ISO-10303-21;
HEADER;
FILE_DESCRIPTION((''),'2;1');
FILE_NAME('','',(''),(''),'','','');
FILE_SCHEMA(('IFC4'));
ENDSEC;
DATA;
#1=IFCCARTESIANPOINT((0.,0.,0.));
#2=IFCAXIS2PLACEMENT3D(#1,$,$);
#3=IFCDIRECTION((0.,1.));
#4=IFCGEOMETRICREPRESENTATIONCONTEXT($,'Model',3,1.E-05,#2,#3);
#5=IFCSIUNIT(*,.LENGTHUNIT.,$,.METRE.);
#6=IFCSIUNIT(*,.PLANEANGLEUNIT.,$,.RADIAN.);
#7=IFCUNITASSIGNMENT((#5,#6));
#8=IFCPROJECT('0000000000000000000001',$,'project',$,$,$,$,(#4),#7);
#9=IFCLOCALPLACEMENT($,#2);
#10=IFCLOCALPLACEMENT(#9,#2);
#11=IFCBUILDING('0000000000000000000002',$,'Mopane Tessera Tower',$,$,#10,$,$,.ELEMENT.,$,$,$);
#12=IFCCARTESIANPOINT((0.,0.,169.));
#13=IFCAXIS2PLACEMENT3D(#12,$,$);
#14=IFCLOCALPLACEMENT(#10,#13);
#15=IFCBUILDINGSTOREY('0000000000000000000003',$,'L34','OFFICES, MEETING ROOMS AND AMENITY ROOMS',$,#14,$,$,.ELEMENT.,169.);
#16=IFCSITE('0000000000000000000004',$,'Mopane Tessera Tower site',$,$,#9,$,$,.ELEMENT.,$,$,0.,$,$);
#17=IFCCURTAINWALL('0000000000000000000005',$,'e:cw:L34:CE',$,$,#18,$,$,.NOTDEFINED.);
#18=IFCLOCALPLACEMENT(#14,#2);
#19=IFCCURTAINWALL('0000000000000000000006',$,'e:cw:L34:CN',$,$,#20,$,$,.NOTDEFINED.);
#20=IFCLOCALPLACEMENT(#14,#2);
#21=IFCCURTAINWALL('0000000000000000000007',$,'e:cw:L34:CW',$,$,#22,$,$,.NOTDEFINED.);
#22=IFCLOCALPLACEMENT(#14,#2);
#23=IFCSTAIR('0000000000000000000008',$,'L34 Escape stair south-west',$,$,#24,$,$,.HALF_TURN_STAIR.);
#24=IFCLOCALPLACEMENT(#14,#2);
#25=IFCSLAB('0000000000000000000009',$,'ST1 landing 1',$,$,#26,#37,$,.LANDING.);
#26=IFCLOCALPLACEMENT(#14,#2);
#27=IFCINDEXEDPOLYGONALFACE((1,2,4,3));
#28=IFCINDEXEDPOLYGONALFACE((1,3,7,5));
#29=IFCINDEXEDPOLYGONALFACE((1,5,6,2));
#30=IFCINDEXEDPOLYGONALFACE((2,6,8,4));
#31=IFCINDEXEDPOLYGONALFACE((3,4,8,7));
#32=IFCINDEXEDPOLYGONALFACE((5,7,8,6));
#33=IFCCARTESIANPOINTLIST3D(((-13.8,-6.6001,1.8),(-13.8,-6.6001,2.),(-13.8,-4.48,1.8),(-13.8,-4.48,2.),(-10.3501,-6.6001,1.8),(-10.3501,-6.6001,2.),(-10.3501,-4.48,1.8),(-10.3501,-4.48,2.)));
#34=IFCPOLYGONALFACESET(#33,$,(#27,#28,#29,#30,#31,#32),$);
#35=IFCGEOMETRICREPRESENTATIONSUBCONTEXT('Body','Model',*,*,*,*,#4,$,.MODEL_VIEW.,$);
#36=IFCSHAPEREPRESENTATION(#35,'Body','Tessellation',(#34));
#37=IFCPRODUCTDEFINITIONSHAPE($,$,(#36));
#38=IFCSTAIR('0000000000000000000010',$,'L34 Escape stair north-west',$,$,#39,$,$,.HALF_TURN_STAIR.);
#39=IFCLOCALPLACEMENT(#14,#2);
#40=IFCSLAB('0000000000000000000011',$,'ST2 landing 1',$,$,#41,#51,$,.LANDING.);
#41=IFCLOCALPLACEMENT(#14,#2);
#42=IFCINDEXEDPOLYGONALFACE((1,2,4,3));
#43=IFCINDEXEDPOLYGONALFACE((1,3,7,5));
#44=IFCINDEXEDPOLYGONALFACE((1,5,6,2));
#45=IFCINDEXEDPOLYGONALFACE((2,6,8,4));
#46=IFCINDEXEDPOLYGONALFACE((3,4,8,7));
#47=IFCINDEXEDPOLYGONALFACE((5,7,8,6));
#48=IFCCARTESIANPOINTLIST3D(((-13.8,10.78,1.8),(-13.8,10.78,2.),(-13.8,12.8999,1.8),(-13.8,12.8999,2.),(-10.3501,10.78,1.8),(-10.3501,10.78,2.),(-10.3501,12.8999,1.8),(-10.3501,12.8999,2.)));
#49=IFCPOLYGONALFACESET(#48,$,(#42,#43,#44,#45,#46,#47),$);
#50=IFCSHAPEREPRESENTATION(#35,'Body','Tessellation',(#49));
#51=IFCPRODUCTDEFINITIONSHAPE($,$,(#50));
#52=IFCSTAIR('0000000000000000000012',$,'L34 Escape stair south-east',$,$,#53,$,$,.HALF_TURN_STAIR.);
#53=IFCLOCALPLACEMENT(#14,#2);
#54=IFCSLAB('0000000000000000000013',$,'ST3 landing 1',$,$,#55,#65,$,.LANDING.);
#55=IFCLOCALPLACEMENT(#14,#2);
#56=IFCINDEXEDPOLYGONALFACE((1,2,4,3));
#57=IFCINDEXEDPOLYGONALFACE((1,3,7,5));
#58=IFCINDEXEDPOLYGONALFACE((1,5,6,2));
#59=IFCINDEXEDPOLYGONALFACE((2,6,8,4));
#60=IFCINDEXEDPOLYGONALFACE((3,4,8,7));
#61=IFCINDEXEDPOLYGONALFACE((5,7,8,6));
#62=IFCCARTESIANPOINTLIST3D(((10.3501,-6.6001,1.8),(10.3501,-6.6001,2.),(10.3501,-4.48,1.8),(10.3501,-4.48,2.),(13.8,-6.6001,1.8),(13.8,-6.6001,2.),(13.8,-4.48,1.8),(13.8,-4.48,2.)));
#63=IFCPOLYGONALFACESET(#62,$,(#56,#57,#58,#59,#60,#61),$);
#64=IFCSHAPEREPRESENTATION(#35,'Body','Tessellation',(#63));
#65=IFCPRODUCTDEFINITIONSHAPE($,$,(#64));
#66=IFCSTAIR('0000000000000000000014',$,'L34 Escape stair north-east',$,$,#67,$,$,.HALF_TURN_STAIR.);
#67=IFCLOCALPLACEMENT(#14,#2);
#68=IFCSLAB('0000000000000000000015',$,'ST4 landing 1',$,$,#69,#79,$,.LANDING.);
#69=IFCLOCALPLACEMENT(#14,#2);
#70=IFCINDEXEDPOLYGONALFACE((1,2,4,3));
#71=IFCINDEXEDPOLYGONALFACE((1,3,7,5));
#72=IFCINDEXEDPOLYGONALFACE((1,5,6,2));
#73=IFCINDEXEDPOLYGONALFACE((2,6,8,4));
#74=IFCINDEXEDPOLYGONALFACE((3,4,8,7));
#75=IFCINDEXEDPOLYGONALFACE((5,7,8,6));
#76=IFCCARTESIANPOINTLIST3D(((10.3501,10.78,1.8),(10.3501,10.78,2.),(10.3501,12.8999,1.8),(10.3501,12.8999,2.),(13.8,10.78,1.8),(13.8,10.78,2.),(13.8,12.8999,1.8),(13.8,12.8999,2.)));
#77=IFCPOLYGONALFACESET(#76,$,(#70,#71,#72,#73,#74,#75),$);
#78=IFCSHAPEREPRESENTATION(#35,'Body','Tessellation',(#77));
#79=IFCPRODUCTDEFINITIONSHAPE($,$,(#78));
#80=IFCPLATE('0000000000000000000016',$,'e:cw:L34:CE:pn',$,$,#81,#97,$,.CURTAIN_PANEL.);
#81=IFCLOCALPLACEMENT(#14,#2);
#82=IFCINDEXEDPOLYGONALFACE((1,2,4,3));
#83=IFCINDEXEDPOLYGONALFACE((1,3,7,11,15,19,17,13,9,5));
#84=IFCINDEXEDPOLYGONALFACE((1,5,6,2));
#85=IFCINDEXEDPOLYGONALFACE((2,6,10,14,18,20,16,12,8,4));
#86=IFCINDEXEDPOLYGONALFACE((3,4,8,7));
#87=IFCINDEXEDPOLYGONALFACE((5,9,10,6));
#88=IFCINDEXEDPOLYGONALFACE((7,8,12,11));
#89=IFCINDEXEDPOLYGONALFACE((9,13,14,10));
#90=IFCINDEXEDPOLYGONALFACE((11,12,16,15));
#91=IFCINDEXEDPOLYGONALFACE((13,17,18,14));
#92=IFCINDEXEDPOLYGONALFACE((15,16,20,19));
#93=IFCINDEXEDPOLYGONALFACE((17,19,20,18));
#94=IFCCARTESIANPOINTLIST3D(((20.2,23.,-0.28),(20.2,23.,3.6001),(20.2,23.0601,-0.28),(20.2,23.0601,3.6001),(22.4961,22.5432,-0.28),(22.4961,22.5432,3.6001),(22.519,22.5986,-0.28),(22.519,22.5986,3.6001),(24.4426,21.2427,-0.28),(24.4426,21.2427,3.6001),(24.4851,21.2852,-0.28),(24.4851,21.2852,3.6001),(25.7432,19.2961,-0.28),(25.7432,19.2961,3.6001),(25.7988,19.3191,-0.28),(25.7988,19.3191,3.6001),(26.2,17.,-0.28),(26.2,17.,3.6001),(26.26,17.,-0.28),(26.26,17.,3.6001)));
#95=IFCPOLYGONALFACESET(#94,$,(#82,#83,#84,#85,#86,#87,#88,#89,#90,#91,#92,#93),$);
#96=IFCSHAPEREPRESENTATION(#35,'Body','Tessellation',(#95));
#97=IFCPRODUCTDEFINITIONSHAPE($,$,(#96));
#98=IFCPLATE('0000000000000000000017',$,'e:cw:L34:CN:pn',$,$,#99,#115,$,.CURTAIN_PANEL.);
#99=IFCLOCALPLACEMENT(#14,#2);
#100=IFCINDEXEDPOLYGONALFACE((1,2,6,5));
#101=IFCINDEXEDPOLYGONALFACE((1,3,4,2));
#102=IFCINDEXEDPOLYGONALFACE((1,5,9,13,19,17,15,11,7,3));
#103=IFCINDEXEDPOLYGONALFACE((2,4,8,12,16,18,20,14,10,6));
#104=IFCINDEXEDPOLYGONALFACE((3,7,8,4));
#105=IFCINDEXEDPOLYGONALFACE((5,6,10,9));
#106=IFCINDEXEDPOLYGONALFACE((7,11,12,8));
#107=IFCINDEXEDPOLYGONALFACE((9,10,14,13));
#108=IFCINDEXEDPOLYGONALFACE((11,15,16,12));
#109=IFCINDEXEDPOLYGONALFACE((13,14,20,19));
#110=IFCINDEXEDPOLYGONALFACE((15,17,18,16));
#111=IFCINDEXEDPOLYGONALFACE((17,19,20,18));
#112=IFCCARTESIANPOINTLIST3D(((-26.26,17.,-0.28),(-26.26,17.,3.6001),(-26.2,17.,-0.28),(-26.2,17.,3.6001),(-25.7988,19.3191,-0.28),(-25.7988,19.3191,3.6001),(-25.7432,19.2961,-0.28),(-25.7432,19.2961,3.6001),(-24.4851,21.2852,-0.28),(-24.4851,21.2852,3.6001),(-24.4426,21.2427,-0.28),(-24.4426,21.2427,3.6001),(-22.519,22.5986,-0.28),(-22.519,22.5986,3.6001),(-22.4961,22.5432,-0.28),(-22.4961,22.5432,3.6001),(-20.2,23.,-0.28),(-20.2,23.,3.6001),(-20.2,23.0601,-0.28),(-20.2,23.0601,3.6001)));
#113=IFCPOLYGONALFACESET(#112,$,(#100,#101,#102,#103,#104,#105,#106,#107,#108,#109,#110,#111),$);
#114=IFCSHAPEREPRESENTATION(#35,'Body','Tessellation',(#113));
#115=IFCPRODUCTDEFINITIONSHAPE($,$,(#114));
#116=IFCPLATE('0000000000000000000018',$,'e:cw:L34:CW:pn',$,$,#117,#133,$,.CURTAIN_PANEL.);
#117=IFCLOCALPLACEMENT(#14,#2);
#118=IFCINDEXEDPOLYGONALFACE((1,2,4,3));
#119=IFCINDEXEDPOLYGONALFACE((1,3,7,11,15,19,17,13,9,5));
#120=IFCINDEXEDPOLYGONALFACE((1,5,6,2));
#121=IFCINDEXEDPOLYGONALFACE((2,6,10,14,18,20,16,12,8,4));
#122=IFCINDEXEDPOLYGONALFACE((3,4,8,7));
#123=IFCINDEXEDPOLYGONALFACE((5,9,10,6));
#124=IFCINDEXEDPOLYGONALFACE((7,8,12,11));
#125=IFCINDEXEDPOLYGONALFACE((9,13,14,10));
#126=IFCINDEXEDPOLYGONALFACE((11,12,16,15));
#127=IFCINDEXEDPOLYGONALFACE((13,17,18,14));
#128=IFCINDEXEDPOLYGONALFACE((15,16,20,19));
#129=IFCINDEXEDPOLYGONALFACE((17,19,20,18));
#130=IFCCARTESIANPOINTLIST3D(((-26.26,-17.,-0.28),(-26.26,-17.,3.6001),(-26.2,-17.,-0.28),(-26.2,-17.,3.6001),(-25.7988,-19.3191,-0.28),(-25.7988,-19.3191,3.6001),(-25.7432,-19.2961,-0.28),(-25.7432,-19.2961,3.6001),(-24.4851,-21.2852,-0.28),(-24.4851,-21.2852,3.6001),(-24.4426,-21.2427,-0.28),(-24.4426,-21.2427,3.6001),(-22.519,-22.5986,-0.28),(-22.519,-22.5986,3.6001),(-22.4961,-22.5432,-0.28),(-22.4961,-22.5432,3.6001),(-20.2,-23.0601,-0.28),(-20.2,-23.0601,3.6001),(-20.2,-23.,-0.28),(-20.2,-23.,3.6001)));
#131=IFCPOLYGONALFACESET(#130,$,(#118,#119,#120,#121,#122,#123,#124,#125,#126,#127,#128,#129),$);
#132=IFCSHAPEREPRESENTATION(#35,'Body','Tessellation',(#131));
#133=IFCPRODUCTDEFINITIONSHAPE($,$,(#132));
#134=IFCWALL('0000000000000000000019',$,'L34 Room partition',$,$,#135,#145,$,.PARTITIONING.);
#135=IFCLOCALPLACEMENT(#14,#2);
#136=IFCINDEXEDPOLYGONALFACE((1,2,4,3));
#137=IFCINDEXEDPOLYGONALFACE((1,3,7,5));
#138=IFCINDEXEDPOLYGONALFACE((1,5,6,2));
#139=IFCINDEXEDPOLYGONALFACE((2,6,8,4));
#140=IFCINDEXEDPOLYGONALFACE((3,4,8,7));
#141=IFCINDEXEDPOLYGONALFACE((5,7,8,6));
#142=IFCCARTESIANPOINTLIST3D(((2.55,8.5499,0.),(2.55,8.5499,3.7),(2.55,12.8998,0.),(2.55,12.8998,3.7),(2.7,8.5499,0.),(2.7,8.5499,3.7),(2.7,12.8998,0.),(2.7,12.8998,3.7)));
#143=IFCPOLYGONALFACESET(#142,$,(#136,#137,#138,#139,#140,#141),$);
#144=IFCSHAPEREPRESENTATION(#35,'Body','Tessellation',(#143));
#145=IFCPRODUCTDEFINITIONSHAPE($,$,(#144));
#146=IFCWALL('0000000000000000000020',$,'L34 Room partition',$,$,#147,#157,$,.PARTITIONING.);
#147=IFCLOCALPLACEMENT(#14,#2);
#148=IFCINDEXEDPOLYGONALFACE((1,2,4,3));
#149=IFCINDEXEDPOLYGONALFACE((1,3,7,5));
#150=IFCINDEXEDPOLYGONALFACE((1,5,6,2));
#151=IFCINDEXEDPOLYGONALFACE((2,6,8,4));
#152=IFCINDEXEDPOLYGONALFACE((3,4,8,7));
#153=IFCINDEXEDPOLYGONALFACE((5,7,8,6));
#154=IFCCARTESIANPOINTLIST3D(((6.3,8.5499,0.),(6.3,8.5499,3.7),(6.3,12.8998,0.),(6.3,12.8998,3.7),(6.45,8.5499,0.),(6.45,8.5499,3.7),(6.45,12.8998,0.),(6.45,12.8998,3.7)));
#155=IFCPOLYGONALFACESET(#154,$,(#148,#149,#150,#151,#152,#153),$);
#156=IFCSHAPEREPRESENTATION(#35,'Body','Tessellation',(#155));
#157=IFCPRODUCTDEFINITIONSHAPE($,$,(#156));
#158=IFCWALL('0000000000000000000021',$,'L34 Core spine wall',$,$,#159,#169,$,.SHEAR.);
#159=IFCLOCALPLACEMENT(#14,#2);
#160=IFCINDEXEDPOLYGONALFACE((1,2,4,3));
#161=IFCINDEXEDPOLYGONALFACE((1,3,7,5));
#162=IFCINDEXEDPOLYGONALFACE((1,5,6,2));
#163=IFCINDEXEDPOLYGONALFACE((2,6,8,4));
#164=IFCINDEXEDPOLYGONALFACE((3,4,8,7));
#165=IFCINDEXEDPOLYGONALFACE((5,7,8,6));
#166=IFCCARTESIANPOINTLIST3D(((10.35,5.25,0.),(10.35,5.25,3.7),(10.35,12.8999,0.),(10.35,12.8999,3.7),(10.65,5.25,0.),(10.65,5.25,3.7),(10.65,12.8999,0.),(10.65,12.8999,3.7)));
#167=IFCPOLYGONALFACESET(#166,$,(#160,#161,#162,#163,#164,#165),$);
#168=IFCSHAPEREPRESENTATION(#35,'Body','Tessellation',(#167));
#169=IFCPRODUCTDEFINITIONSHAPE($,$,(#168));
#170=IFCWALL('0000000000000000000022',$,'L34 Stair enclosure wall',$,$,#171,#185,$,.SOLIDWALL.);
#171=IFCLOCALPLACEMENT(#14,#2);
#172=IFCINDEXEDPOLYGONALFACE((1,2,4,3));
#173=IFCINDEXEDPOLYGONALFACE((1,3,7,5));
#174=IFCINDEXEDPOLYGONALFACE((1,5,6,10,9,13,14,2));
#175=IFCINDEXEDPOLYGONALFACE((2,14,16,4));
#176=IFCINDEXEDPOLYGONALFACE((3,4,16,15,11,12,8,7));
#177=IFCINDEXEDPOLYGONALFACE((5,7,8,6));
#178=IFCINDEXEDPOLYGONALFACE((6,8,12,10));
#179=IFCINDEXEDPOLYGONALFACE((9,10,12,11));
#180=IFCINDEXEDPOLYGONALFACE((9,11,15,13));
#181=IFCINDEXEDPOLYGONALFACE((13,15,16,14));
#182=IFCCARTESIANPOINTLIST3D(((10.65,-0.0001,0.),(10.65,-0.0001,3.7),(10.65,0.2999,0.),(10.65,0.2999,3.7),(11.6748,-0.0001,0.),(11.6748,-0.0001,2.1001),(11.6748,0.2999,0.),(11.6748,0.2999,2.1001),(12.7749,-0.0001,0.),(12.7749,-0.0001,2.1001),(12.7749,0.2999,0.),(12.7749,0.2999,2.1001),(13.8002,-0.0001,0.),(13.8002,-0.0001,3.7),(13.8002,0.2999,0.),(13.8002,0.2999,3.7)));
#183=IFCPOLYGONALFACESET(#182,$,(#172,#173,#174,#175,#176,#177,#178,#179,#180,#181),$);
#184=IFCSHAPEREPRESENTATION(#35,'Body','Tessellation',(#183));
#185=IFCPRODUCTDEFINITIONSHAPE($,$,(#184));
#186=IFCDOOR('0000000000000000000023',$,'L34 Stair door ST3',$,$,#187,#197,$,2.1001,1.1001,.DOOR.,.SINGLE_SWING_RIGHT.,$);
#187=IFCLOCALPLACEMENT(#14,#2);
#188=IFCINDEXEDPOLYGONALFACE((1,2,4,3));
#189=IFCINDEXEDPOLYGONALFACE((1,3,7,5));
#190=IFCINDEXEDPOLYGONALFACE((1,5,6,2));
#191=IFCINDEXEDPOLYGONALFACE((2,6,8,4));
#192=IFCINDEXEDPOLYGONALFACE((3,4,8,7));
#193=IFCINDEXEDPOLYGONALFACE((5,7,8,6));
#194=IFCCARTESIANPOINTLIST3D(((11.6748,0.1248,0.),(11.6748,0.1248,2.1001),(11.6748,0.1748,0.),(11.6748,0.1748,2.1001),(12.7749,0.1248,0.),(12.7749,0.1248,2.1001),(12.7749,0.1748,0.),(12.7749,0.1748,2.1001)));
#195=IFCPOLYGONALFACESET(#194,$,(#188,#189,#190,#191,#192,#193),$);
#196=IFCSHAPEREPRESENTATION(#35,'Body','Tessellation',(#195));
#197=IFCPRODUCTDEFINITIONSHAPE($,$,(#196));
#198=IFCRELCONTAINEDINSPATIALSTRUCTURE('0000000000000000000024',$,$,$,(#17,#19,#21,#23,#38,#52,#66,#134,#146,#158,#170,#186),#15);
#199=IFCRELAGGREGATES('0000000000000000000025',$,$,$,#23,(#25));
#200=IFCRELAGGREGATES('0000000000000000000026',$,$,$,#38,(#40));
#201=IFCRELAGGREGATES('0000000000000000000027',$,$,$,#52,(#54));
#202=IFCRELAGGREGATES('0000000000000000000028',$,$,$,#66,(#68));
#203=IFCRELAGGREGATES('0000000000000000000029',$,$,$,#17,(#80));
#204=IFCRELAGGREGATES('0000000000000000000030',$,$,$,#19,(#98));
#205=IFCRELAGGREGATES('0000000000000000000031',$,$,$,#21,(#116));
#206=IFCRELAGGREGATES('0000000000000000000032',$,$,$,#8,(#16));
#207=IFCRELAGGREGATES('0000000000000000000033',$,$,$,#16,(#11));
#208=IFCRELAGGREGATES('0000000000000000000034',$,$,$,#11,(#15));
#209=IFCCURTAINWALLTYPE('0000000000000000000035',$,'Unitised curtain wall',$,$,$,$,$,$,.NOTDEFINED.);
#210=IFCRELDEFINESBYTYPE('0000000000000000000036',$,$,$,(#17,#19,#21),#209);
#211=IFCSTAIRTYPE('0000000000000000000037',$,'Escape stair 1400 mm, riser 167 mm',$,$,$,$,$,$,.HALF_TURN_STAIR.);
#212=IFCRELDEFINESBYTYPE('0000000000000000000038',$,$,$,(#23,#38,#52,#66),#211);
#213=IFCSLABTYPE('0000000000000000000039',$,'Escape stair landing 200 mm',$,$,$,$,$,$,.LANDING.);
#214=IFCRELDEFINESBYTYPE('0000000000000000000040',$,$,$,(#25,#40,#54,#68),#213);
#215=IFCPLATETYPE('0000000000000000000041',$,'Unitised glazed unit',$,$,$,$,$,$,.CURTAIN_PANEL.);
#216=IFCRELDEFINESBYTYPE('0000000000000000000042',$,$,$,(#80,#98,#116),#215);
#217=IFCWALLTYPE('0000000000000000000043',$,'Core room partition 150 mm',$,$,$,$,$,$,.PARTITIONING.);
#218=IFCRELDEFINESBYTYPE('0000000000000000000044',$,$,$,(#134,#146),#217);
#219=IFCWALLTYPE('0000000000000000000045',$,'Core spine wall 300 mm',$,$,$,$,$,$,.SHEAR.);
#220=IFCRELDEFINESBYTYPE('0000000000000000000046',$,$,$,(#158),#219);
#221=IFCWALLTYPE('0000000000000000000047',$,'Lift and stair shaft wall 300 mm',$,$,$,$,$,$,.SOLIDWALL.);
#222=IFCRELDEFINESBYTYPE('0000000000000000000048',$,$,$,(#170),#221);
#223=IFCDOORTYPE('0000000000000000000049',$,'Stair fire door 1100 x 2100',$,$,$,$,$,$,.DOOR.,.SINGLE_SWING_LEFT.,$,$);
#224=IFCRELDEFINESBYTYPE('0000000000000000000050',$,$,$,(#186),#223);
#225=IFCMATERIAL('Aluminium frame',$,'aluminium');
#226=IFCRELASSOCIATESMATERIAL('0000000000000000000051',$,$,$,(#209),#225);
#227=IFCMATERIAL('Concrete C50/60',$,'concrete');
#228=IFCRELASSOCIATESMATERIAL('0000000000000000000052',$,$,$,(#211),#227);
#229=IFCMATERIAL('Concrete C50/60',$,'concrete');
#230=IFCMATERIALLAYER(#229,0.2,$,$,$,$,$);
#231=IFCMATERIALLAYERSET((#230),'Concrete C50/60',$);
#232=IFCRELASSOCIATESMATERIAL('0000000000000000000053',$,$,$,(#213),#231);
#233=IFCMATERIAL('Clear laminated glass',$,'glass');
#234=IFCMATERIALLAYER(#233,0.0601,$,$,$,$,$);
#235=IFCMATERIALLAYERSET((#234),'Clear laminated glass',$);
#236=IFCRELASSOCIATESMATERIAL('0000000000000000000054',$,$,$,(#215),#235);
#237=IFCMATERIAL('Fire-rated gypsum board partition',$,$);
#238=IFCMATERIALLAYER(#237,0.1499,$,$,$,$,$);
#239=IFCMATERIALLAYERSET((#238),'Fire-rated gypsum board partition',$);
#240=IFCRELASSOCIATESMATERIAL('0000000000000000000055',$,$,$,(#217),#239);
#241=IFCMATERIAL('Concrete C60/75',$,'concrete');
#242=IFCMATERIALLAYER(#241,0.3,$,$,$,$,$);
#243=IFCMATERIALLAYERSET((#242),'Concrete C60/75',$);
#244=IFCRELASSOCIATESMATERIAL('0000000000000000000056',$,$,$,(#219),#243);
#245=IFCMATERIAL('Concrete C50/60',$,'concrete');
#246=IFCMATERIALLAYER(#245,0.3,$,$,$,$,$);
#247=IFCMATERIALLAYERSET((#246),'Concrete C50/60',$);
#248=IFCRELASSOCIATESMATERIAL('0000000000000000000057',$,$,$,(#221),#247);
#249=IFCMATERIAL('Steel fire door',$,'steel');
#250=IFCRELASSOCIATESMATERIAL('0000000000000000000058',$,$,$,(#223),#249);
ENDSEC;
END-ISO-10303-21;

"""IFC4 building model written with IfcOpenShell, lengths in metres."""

from ifc_helpers import new_model, si_unit, direction, frame, frame_2d, origin, place, context, subcontext, project, spatial, polyline, rectangle, outline, extrude, material, layer, layer_set, type_object, element, fill, aggregate, save


model = new_model("IFC4")

# Units and contexts
model_context = context("Model", 3, precision=1e-05, world=origin(), true_north=direction((0.0, 1.0)))
body_context = subcontext(model_context, "Body", "Model", "MODEL_VIEW")
ifc_project = project(units=[si_unit("LENGTHUNIT", "METRE"), si_unit("PLANEANGLEUNIT", "RADIAN")], contexts=[model_context])

# Site, building, storey
site_placement = place(None, origin())
site = spatial("IfcSite", under=ifc_project, at=site_placement, Name="Mopane Tessera Tower site", CompositionType="ELEMENT", RefElevation=0.0)
building_placement = place(site_placement, origin())
building = spatial("IfcBuilding", under=site, at=building_placement, Name="Mopane Tessera Tower", CompositionType="ELEMENT")
storey_placement = place(building_placement, frame((0.0, 0.0, 169.0)))
storey = spatial("IfcBuildingStorey", under=building, at=storey_placement, Name="L34", Description="OFFICES, MEETING ROOMS AND AMENITY ROOMS", CompositionType="ELEMENT", Elevation=169.0)

# Curtain walls
ifc_material_1 = material(Name="Aluminium frame", Category="aluminium")
curtain_wall_type = type_object("IfcCurtainWallType", Name="Unitised curtain wall", PredefinedType="NOTDEFINED", material=ifc_material_1)
curtain_wall_1_placement = place(storey_placement, origin())
curtain_wall_1 = element("IfcCurtainWall", 1, at=curtain_wall_1_placement, inside=storey, type_object=curtain_wall_type, Name="e:cw:L34:CE", PredefinedType="NOTDEFINED")
curtain_wall_2_placement = place(storey_placement, origin())
curtain_wall_2 = element("IfcCurtainWall", 2, at=curtain_wall_2_placement, inside=storey, type_object=curtain_wall_type, Name="e:cw:L34:CN", PredefinedType="NOTDEFINED")
curtain_wall_3_placement = place(storey_placement, origin())
curtain_wall_3 = element("IfcCurtainWall", 3, at=curtain_wall_3_placement, inside=storey, type_object=curtain_wall_type, Name="e:cw:L34:CW", PredefinedType="NOTDEFINED")

# Stairs, slabs
ifc_material_2 = material(Name="Concrete C50/60", Category="concrete")
stair_type = type_object("IfcStairType", Name="Escape stair 1400 mm, riser 167 mm", PredefinedType="HALF_TURN_STAIR", material=ifc_material_2)
stair_1_placement = place(storey_placement, origin())
stair_1 = element("IfcStair", 4, at=stair_1_placement, inside=storey, type_object=stair_type, Name="L34 Escape stair south-west", PredefinedType="HALF_TURN_STAIR")
ifc_material_3 = material(Name="Concrete C50/60", Category="concrete")
ifc_layer_1 = layer(ifc_material_3, 0.2)
ifc_layer_set_1 = layer_set([ifc_layer_1], Name="Concrete C50/60")
slab_type_1 = type_object("IfcSlabType", Name="Escape stair landing 200 mm", PredefinedType="LANDING", material=ifc_layer_set_1)
slab_1_placement = place(storey_placement, frame((0.0, 0.0, 1.8)))
slab_1 = element("IfcSlab", 5, at=slab_1_placement, type_object=slab_type_1, Name="ST1 landing 1", PredefinedType="LANDING", context=body_context, shape_type="SweptSolid", body=[
    extrude(outline(polyline([(-13.8, -4.48), (-13.8, -6.6001), (-10.3501, -6.6001), (-10.3501, -4.48), (-13.8, -4.48)])), origin(), (0.0, 0.0, 1.0), 0.2),
])
aggregate(stair_1, [slab_1])
stair_2_placement = place(storey_placement, origin())
stair_2 = element("IfcStair", 6, at=stair_2_placement, inside=storey, type_object=stair_type, Name="L34 Escape stair north-west", PredefinedType="HALF_TURN_STAIR")
slab_2_placement = place(storey_placement, frame((0.0, 0.0, 1.8)))
slab_2 = element("IfcSlab", 7, at=slab_2_placement, type_object=slab_type_1, Name="ST2 landing 1", PredefinedType="LANDING", context=body_context, shape_type="SweptSolid", body=[
    extrude(outline(polyline([(-10.3501, 10.78), (-10.3501, 12.8999), (-13.8, 12.8999), (-13.8, 10.78), (-10.3501, 10.78)])), origin(), (0.0, 0.0, 1.0), 0.2),
])
aggregate(stair_2, [slab_2])
stair_3_placement = place(storey_placement, origin())
stair_3 = element("IfcStair", 8, at=stair_3_placement, inside=storey, type_object=stair_type, Name="L34 Escape stair south-east", PredefinedType="HALF_TURN_STAIR")
slab_3_placement = place(storey_placement, frame((0.0, 0.0, 1.8)))
slab_3 = element("IfcSlab", 9, at=slab_3_placement, type_object=slab_type_1, Name="ST3 landing 1", PredefinedType="LANDING", context=body_context, shape_type="SweptSolid", body=[
    extrude(outline(polyline([(10.3501, -4.48), (10.3501, -6.6001), (13.8, -6.6001), (13.8, -4.48), (10.3501, -4.48)])), origin(), (0.0, 0.0, 1.0), 0.2),
])
aggregate(stair_3, [slab_3])
stair_4_placement = place(storey_placement, origin())
stair_4 = element("IfcStair", 10, at=stair_4_placement, inside=storey, type_object=stair_type, Name="L34 Escape stair north-east", PredefinedType="HALF_TURN_STAIR")
slab_4_placement = place(storey_placement, frame((0.0, 0.0, 1.8)))
slab_4 = element("IfcSlab", 11, at=slab_4_placement, type_object=slab_type_1, Name="ST4 landing 1", PredefinedType="LANDING", context=body_context, shape_type="SweptSolid", body=[
    extrude(outline(polyline([(13.8, 10.78), (13.8, 12.8999), (10.3501, 12.8999), (10.3501, 10.78), (13.8, 10.78)])), origin(), (0.0, 0.0, 1.0), 0.2),
])
aggregate(stair_4, [slab_4])

# Plates
ifc_material_4 = material(Name="Clear laminated glass", Category="glass")
ifc_layer_2 = layer(ifc_material_4, 0.0601)
ifc_layer_set_2 = layer_set([ifc_layer_2], Name="Clear laminated glass")
plate_type = type_object("IfcPlateType", Name="Unitised glazed unit", PredefinedType="CURTAIN_PANEL", material=ifc_layer_set_2)
plate_1_placement = place(storey_placement, frame((0.0, 0.0, -0.28)))
plate_1 = element("IfcPlate", 12, at=plate_1_placement, type_object=plate_type, Name="e:cw:L34:CE:pn", PredefinedType="CURTAIN_PANEL", context=body_context, shape_type="SweptSolid", body=[
    extrude(outline(polyline([(26.2, 17.0), (25.7432, 19.2961), (24.4426, 21.2427), (22.4961, 22.5432), (20.2, 23.0), (20.2, 23.0601), (22.519, 22.5986), (24.4851, 21.2852), (25.7988, 19.3191), (26.26, 17.0), (26.2, 17.0)])), origin(), (0.0, 0.0, 1.0), 3.8801),
])
aggregate(curtain_wall_1, [plate_1])
plate_2_placement = place(storey_placement, frame((0.0, 0.0, -0.28)))
plate_2 = element("IfcPlate", 13, at=plate_2_placement, type_object=plate_type, Name="e:cw:L34:CN:pn", PredefinedType="CURTAIN_PANEL", context=body_context, shape_type="SweptSolid", body=[
    extrude(outline(polyline([(-20.2, 23.0), (-22.4961, 22.5432), (-24.4426, 21.2427), (-25.7432, 19.2961), (-26.2, 17.0), (-26.26, 17.0), (-25.7988, 19.3191), (-24.4851, 21.2852), (-22.519, 22.5986), (-20.2, 23.0601), (-20.2, 23.0)])), origin(), (0.0, 0.0, 1.0), 3.8801),
])
aggregate(curtain_wall_2, [plate_2])
plate_3_placement = place(storey_placement, frame((0.0, 0.0, -0.28)))
plate_3 = element("IfcPlate", 14, at=plate_3_placement, type_object=plate_type, Name="e:cw:L34:CW:pn", PredefinedType="CURTAIN_PANEL", context=body_context, shape_type="SweptSolid", body=[
    extrude(outline(polyline([(-26.2, -17.0), (-25.7432, -19.2961), (-24.4426, -21.2427), (-22.4961, -22.5432), (-20.2, -23.0), (-20.2, -23.0601), (-22.519, -22.5986), (-24.4851, -21.2852), (-25.7988, -19.3191), (-26.26, -17.0), (-26.2, -17.0)])), origin(), (0.0, 0.0, 1.0), 3.8801),
])
aggregate(curtain_wall_3, [plate_3])

# Walls
ifc_material_5 = material(Name="Fire-rated gypsum board partition")
ifc_layer_3 = layer(ifc_material_5, 0.1499)
ifc_layer_set_3 = layer_set([ifc_layer_3], Name="Fire-rated gypsum board partition")
wall_type_1 = type_object("IfcWallType", Name="Core room partition 150 mm", PredefinedType="PARTITIONING", material=ifc_layer_set_3)
for number, where, z_axis, x_axis, name in (
    (15, (2.625, 8.55, 0.0), (0.0, 0.0, 1.0), (0.0, 1.0, 0.0), "L34 Room partition"),
    (16, (6.375, 8.55, 0.0), (0.0, 0.0, 1.0), (0.0, 1.0, 0.0), "L34 Room partition"),
):
    element("IfcWall", number, at=place(storey_placement, frame(where, z_axis=z_axis, x_axis=x_axis)), inside=storey, type_object=wall_type_1, Name=name, PredefinedType="PARTITIONING", context=body_context, shape_type="SweptSolid", body=[
        extrude(rectangle(XDim=4.3499, YDim=0.1499, at=frame_2d((2.1748, 0.0))), origin(), (0.0, 0.0, 1.0), 3.7),
    ])
ifc_material_6 = material(Name="Concrete C60/75", Category="concrete")
ifc_layer_4 = layer(ifc_material_6, 0.3)
ifc_layer_set_4 = layer_set([ifc_layer_4], Name="Concrete C60/75")
wall_type_2 = type_object("IfcWallType", Name="Core spine wall 300 mm", PredefinedType="SHEAR", material=ifc_layer_set_4)
wall_1_placement = place(storey_placement, frame((10.5, 5.25, 0.0), z_axis=(0.0, 0.0, 1.0), x_axis=(0.0, 1.0, 0.0)))
element("IfcWall", 17, at=wall_1_placement, inside=storey, type_object=wall_type_2, Name="L34 Core spine wall", PredefinedType="SHEAR", context=body_context, shape_type="SweptSolid", body=[
    extrude(rectangle(XDim=7.6499, YDim=0.3, at=frame_2d((3.825, 0.0))), origin(), (0.0, 0.0, 1.0), 3.7),
])

# Wall, opening, door
ifc_material_7 = material(Name="Concrete C50/60", Category="concrete")
ifc_layer_5 = layer(ifc_material_7, 0.3)
ifc_layer_set_5 = layer_set([ifc_layer_5], Name="Concrete C50/60")
wall_type_3 = type_object("IfcWallType", Name="Lift and stair shaft wall 300 mm", PredefinedType="SOLIDWALL", material=ifc_layer_set_5)
wall_2_placement = place(storey_placement, frame((10.6499, 0.1499, 0.0), z_axis=(0.0, 0.0, 1.0), x_axis=(1.0, 0.0, 0.0)))
wall_2 = element("IfcWall", 18, at=wall_2_placement, inside=storey, type_object=wall_type_3, Name="L34 Stair enclosure wall", PredefinedType="SOLIDWALL", context=body_context, shape_type="SweptSolid", body=[
    extrude(rectangle(XDim=3.1501, YDim=0.3, at=frame_2d((1.5752, 0.0))), origin(), (0.0, 0.0, 1.0), 3.7),
])
opening_1_placement = place(wall_2_placement, frame((1.0249, 0.0, 0.0)))
opening_1 = element("IfcOpeningElement", 19, at=opening_1_placement, cuts=wall_2, PredefinedType="OPENING", context=body_context, shape_type="SweptSolid", body=[
    extrude(rectangle(XDim=1.1001, YDim=2.1001, at=frame_2d((0.55, 1.05))), frame((0.0, 0.1621, 0.0), z_axis=(0.0, -1.0, 0.0), x_axis=(1.0, 0.0, 0.0)), (0.0, 0.0, 1.0), 0.324),
])
ifc_material_8 = material(Name="Steel fire door", Category="steel")
door_type = type_object("IfcDoorType", Name="Stair fire door 1100 x 2100", OperationType="SINGLE_SWING_LEFT", PredefinedType="DOOR", material=ifc_material_8)
door_1_placement = place(opening_1_placement, origin())
door_1 = element("IfcDoor", 20, at=door_1_placement, inside=storey, type_object=door_type, Name="L34 Stair door ST3", OperationType="SINGLE_SWING_RIGHT", OverallHeight=2.1001, OverallWidth=1.1001, PredefinedType="DOOR", context=body_context, shape_type="SweptSolid", body=[
    extrude(rectangle(XDim=1.1001, YDim=2.1001, at=frame_2d((0.55, 1.05))), frame((0.0, 0.0249, 0.0), z_axis=(0.0, -1.0, 0.0), x_axis=(1.0, 0.0, 0.0)), (0.0, 0.0, 1.0), 0.05),
])
fill(opening_1, door_1)

save(model, "model.ifc")
